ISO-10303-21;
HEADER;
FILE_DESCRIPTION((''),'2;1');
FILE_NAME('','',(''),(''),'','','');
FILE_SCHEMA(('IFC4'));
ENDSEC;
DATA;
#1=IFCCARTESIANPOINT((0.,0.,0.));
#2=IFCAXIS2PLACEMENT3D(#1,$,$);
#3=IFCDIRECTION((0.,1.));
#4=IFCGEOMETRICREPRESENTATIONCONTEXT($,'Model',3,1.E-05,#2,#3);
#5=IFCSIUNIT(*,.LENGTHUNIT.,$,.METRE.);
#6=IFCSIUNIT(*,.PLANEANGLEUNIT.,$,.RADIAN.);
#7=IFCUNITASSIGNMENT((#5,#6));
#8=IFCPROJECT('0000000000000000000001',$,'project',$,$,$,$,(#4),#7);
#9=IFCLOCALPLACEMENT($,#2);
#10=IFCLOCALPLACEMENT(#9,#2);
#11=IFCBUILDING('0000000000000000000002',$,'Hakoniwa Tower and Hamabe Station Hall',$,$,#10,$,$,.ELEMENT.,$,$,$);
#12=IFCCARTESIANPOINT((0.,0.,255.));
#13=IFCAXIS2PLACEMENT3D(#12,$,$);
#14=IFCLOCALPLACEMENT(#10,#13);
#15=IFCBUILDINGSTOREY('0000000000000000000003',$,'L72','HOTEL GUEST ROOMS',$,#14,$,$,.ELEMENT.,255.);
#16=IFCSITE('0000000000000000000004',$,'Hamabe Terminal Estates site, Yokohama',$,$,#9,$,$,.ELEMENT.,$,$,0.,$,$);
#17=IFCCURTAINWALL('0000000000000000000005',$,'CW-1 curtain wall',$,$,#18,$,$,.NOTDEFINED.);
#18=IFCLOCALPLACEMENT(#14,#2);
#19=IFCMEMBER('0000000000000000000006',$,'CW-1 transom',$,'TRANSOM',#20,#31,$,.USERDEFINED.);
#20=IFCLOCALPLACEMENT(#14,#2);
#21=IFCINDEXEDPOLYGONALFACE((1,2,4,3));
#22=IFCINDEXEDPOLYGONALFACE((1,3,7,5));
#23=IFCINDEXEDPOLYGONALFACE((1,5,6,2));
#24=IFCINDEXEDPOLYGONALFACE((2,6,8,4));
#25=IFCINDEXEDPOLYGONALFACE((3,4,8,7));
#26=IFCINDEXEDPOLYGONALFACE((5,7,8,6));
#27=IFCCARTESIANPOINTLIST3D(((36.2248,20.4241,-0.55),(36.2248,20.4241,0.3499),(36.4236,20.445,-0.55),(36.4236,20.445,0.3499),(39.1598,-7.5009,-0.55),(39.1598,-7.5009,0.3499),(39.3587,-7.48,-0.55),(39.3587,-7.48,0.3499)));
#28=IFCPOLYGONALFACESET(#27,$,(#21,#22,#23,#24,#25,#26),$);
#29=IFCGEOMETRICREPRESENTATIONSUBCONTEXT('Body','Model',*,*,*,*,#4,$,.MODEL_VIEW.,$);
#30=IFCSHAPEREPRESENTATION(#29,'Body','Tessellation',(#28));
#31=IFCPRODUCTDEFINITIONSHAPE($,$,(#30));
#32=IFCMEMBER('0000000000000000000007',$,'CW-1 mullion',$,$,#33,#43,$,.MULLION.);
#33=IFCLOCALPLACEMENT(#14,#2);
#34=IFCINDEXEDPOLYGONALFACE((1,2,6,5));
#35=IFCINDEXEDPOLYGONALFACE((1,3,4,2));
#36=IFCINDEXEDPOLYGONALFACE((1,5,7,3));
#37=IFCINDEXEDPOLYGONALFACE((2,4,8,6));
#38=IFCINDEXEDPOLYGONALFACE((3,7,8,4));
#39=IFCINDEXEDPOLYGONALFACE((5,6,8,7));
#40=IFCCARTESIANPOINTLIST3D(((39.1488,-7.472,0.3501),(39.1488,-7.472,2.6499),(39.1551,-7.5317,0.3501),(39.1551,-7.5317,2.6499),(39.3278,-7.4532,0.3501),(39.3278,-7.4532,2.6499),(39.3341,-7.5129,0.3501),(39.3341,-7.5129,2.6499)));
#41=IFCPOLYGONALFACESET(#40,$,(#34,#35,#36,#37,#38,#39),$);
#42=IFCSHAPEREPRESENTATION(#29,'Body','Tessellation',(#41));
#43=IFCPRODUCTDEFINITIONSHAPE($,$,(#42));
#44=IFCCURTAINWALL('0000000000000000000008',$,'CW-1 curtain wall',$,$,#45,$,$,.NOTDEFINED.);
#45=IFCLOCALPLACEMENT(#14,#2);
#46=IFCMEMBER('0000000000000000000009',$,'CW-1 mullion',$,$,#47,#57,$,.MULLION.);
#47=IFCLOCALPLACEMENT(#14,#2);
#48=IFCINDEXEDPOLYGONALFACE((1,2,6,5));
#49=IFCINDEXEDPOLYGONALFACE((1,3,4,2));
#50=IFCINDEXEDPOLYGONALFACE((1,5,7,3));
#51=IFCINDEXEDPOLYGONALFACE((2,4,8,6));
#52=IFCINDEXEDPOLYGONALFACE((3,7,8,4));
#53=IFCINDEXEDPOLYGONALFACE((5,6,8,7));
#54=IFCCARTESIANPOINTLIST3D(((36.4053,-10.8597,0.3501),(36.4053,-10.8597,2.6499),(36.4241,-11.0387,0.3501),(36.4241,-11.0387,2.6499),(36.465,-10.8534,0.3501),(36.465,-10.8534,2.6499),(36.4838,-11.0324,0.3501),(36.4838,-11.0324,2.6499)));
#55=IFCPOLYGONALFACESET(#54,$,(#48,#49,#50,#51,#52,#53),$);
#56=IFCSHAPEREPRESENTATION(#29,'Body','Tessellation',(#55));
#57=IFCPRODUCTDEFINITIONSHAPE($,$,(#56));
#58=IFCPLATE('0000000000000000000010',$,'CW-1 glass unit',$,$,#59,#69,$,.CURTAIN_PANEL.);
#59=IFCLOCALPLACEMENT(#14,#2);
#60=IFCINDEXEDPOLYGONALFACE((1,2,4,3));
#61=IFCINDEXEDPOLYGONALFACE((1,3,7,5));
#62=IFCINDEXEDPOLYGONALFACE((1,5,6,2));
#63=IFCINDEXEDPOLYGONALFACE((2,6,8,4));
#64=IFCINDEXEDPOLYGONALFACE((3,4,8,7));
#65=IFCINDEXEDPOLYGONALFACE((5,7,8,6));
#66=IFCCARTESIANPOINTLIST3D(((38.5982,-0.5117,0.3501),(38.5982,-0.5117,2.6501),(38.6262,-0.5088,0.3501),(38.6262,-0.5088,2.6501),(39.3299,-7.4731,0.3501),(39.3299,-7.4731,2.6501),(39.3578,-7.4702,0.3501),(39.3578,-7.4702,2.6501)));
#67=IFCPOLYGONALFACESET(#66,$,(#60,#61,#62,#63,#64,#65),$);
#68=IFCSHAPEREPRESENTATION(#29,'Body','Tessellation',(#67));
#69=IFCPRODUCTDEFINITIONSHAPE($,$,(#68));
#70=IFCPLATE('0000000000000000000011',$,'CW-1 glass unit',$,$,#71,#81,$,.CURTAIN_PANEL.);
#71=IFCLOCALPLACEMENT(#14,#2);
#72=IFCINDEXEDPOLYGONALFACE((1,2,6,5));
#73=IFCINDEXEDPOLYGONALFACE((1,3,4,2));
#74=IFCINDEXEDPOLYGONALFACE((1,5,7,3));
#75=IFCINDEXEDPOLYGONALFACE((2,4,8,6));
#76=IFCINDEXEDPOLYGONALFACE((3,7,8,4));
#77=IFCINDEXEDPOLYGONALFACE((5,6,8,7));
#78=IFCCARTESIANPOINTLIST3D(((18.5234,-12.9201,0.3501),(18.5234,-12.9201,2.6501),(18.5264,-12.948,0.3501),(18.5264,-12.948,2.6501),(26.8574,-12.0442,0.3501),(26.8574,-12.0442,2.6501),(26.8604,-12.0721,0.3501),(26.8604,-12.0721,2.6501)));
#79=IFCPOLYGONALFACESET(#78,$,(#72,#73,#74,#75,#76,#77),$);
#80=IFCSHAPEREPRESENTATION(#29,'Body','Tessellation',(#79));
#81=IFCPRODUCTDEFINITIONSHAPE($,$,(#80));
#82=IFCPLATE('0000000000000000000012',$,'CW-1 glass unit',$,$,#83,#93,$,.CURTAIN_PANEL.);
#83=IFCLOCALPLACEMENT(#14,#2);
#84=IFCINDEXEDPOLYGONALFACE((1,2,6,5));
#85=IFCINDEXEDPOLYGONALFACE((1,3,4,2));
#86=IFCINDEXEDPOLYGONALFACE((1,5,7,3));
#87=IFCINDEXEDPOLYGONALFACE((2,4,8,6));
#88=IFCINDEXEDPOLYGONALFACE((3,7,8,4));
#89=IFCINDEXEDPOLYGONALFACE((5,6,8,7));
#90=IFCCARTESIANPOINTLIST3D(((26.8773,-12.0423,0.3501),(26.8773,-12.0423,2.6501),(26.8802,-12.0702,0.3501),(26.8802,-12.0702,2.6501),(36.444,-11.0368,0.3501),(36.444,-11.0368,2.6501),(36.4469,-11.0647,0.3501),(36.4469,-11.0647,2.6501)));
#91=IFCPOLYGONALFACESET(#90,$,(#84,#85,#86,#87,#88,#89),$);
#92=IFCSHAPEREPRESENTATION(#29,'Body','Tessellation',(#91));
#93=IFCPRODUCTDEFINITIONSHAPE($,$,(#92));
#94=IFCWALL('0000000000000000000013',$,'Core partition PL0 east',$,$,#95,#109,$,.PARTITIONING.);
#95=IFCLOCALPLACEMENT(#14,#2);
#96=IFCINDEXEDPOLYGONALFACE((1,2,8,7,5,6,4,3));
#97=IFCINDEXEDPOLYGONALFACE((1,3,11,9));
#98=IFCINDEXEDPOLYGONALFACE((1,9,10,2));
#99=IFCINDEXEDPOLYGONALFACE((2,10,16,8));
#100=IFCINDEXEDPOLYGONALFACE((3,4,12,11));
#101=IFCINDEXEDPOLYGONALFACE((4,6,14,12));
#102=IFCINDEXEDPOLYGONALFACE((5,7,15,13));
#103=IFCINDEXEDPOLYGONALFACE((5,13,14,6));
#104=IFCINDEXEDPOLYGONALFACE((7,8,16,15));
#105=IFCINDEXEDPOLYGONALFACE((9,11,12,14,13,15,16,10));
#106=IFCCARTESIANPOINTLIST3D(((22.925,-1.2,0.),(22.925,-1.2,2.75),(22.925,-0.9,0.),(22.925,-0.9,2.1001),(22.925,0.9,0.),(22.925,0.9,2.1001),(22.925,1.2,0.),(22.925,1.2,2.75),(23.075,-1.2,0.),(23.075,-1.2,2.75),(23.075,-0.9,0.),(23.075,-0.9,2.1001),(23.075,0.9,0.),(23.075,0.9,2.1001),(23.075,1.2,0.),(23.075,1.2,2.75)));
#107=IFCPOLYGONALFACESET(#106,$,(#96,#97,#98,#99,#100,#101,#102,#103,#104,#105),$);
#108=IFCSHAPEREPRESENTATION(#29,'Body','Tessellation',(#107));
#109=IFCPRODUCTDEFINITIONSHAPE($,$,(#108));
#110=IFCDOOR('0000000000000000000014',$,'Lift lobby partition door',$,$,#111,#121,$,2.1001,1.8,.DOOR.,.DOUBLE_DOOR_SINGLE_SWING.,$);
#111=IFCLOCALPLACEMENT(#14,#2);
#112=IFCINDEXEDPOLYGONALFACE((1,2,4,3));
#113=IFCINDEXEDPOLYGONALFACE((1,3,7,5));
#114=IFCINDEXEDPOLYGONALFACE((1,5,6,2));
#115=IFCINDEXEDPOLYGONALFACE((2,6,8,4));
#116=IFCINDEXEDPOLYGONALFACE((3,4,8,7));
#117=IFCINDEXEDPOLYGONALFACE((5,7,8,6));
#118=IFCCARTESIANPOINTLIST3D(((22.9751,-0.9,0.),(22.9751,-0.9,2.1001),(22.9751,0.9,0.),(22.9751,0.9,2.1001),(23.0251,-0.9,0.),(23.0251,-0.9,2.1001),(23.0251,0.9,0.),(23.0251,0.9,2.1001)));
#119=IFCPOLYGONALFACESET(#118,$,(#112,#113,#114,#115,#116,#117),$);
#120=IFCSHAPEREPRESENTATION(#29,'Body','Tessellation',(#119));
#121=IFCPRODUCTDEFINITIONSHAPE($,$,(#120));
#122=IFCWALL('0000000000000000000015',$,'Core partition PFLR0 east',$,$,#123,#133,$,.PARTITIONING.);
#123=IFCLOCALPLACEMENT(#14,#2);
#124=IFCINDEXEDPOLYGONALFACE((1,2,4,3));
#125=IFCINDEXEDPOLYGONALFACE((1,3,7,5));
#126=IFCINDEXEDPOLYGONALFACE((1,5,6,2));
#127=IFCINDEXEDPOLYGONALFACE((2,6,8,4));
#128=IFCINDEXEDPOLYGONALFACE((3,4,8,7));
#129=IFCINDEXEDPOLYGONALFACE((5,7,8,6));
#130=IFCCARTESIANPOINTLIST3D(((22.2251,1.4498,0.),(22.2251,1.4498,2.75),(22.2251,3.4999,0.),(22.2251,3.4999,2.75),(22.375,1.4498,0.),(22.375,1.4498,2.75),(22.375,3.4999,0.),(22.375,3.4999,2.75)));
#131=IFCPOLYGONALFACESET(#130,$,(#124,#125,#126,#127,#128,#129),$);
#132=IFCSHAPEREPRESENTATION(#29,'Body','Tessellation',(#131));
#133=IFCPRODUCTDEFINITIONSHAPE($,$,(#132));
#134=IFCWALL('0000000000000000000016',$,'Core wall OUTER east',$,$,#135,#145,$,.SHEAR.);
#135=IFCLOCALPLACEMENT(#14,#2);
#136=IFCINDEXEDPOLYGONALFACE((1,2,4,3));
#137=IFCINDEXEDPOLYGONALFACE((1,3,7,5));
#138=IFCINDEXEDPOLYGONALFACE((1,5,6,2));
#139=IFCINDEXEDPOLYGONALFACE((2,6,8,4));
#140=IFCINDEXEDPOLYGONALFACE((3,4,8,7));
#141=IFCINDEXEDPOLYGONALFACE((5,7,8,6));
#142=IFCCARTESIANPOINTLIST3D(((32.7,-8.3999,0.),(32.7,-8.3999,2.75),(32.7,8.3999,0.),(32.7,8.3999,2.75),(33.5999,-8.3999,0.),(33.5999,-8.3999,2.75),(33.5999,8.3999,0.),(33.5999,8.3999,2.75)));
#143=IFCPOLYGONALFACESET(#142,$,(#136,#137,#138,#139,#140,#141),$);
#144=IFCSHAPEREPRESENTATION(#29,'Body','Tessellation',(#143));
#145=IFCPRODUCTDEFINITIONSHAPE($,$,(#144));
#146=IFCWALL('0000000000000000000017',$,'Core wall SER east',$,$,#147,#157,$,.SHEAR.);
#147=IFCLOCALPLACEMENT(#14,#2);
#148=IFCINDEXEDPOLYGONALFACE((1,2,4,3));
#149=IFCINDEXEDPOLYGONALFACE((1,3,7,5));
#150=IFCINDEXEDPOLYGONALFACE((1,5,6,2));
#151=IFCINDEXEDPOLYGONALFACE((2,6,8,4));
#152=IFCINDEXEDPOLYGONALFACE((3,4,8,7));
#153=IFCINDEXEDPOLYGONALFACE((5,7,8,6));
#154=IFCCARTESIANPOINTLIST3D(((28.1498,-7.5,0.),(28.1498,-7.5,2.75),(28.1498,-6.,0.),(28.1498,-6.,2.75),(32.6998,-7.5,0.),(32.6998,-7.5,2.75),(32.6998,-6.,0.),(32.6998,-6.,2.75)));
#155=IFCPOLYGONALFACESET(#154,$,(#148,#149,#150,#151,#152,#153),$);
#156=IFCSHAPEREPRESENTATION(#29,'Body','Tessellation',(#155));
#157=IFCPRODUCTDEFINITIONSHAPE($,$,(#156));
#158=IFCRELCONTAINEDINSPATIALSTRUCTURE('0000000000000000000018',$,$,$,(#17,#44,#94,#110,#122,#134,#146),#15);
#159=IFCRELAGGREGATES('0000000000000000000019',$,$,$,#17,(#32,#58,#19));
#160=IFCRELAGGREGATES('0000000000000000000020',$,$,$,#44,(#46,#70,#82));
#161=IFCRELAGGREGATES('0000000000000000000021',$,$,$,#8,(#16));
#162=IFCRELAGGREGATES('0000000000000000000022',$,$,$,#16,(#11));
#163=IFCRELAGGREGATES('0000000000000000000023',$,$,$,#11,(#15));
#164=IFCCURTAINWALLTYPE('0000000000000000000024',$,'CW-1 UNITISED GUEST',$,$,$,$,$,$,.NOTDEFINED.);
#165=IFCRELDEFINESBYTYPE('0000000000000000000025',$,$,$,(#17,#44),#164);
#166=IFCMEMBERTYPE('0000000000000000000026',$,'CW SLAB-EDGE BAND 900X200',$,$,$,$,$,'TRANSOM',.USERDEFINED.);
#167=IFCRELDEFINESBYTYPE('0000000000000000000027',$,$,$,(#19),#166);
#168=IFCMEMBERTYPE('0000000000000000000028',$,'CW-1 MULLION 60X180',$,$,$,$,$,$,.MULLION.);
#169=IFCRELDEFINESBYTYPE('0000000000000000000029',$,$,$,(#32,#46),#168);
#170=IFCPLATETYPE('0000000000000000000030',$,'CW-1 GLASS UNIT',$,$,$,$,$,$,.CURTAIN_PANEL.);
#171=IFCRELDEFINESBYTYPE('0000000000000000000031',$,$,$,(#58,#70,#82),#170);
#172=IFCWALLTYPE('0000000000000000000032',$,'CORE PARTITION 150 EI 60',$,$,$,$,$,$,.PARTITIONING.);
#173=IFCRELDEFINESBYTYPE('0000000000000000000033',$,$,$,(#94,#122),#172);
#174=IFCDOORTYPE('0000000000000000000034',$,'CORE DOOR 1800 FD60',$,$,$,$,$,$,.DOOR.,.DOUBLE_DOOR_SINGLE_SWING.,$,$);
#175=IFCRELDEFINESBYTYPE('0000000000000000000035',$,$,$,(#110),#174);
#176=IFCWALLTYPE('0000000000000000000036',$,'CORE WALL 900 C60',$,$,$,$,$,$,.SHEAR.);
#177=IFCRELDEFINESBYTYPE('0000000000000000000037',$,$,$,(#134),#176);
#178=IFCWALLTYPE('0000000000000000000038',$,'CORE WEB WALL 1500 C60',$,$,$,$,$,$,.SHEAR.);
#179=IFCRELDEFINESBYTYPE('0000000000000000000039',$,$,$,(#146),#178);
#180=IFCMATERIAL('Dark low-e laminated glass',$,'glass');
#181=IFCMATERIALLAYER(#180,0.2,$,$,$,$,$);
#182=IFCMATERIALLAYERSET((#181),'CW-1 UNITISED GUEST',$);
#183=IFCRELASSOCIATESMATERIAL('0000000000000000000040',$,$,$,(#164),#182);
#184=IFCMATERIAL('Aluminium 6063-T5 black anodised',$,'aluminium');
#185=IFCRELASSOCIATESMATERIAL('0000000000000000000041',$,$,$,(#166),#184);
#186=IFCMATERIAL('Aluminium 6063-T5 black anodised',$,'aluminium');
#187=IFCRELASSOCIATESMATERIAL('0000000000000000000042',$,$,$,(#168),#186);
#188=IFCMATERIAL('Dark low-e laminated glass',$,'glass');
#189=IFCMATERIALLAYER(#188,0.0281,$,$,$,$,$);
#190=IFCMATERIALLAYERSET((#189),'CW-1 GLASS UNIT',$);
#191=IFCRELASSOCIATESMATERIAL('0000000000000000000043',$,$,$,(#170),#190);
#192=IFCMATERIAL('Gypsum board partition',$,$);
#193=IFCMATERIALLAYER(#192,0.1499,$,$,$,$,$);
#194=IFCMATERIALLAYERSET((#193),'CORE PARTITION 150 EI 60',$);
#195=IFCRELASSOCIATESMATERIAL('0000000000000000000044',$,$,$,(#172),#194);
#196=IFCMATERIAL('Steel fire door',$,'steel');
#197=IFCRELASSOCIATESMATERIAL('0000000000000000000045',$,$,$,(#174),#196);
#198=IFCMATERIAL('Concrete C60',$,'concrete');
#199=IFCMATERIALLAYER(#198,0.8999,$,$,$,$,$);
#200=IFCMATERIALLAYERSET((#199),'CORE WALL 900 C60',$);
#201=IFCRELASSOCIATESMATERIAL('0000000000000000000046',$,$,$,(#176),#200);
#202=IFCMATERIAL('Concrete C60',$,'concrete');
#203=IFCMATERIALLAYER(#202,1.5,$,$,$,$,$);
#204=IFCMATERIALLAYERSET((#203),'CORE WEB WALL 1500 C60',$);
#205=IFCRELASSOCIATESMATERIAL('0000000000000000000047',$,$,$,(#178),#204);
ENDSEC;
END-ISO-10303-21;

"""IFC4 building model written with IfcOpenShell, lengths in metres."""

from ifc_helpers import new_model, si_unit, direction, frame, frame_2d, origin, origin_2d, place, context, subcontext, project, spatial, rectangle, extrude, material, layer, layer_set, material_profile, profile_set, type_object, element, fill, aggregate, save


model = new_model("IFC4")

# Units and contexts
model_context = context("Model", 3, precision=1e-05, world=origin(), true_north=direction((0.0, 1.0)))
body_context = subcontext(model_context, "Body", "Model", "MODEL_VIEW")
ifc_project = project(units=[si_unit("LENGTHUNIT", "METRE"), si_unit("PLANEANGLEUNIT", "RADIAN")], contexts=[model_context])

# Site, building, storey
site_placement = place(None, origin())
site = spatial("IfcSite", under=ifc_project, at=site_placement, Name="Hamabe Terminal Estates site, Yokohama", CompositionType="ELEMENT", RefElevation=0.0)
building_placement = place(site_placement, origin())
building = spatial("IfcBuilding", under=site, at=building_placement, Name="Hakoniwa Tower and Hamabe Station Hall", CompositionType="ELEMENT")
storey_placement = place(building_placement, frame((0.0, 0.0, 255.0)))
storey = spatial("IfcBuildingStorey", under=building, at=storey_placement, Name="L72", Description="HOTEL GUEST ROOMS", CompositionType="ELEMENT", Elevation=255.0)

# Curtain wall, members
ifc_material_1 = material(Name="Dark low-e laminated glass", Category="glass")
ifc_layer_1 = layer(ifc_material_1, 0.2)
ifc_layer_set_1 = layer_set([ifc_layer_1], Name="CW-1 UNITISED GUEST")
curtain_wall_type = type_object("IfcCurtainWallType", Name="CW-1 UNITISED GUEST", PredefinedType="NOTDEFINED", material=ifc_layer_set_1)
curtain_wall_1_placement = place(storey_placement, origin())
curtain_wall_1 = element("IfcCurtainWall", 1, at=curtain_wall_1_placement, inside=storey, type_object=curtain_wall_type, Name="CW-1 curtain wall", PredefinedType="NOTDEFINED")
ifc_material_2 = material(Name="Aluminium 6063-T5 black anodised", Category="aluminium")
ifc_material_profile_1 = material_profile(ifc_material_2, rectangle(XDim=0.2, YDim=0.8999, at=origin_2d()), Name="CW SLAB-EDGE BAND 900X200")
ifc_profile_set_1 = profile_set([ifc_material_profile_1], Name="Aluminium 6063-T5 black anodised")
member_type_1 = type_object("IfcMemberType", Name="CW SLAB-EDGE BAND 900X200", ElementType="TRANSOM", PredefinedType="USERDEFINED", material=ifc_profile_set_1)
member_1_placement = place(storey_placement, frame((39.2593, -7.4905, -0.1001), z_axis=(-0.104529, 0.994522, 0.0), x_axis=(-0.994522, -0.104529, 0.0)))
member_1 = element("IfcMember", 2, at=member_1_placement, type_object=member_type_1, Name="CW-1 transom", ObjectType="TRANSOM", PredefinedType="USERDEFINED", context=body_context, shape_type="SweptSolid", body=[
    extrude(rectangle(XDim=0.2, YDim=0.8999, at=origin_2d()), origin(), (0.0, 0.0, 1.0), 28.0789),
])
ifc_material_3 = material(Name="Aluminium 6063-T5 black anodised", Category="aluminium")
ifc_material_profile_2 = material_profile(ifc_material_3, rectangle(XDim=0.0601, YDim=0.1799, at=origin_2d()), Name="CW-1 MULLION 60X180")
ifc_profile_set_2 = profile_set([ifc_material_profile_2], Name="Aluminium 6063-T5 black anodised")
member_type_2 = type_object("IfcMemberType", Name="CW-1 MULLION 60X180", PredefinedType="MULLION", material=ifc_profile_set_2)
member_2_placement = place(storey_placement, frame((39.2415, -7.4924, 0.3501), z_axis=(0.0, 0.0, 1.0), x_axis=(-0.104528, 0.994522, 0.0)))
member_2 = element("IfcMember", 3, at=member_2_placement, type_object=member_type_2, Name="CW-1 mullion", PredefinedType="MULLION", context=body_context, shape_type="SweptSolid", body=[
    extrude(rectangle(XDim=0.0601, YDim=0.1799, at=origin_2d()), origin(), (0.0, 0.0, 1.0), 2.2998),
])

# Curtain wall, member
curtain_wall_2_placement = place(storey_placement, origin())
curtain_wall_2 = element("IfcCurtainWall", 4, at=curtain_wall_2_placement, inside=storey, type_object=curtain_wall_type, Name="CW-1 curtain wall", PredefinedType="NOTDEFINED")
member_3_placement = place(storey_placement, frame((36.4446, -10.946, 0.3501), z_axis=(0.0, 0.0, 1.0), x_axis=(0.994522, 0.104528, 0.0)))
member_3 = element("IfcMember", 5, at=member_3_placement, type_object=member_type_2, Name="CW-1 mullion", PredefinedType="MULLION", context=body_context, shape_type="SweptSolid", body=[
    extrude(rectangle(XDim=0.0601, YDim=0.1799, at=origin_2d()), origin(), (0.0, 0.0, 1.0), 2.2998),
])

# Plates
ifc_material_4 = material(Name="Dark low-e laminated glass", Category="glass")
ifc_layer_2 = layer(ifc_material_4, 0.0281)
ifc_layer_set_2 = layer_set([ifc_layer_2], Name="CW-1 GLASS UNIT")
plate_type = type_object("IfcPlateType", Name="CW-1 GLASS UNIT", PredefinedType="CURTAIN_PANEL", material=ifc_layer_set_2)
plate_1_placement = place(storey_placement, frame((38.978, -3.991, 0.3501), z_axis=(0.0, 0.0, 1.0), x_axis=(-0.104528, 0.994522, 0.0)))
plate_1 = element("IfcPlate", 6, at=plate_1_placement, type_object=plate_type, Name="CW-1 glass unit", PredefinedType="CURTAIN_PANEL", context=body_context, shape_type="SweptSolid", body=[
    extrude(rectangle(XDim=6.9998, YDim=0.0281, at=origin_2d()), origin(), (0.0, 0.0, 1.0), 2.3),
])
aggregate(curtain_wall_1, [member_2, plate_1, member_1])
plate_2_placement = place(storey_placement, frame((22.6919, -12.4961, 0.3501), z_axis=(0.0, 0.0, 1.0), x_axis=(0.994522, 0.104528, 0.0)))
plate_2 = element("IfcPlate", 7, at=plate_2_placement, type_object=plate_type, Name="CW-1 glass unit", PredefinedType="CURTAIN_PANEL", context=body_context, shape_type="SweptSolid", body=[
    extrude(rectangle(XDim=8.3799, YDim=0.0281, at=origin_2d()), origin(), (0.0, 0.0, 1.0), 2.3),
])
plate_3_placement = place(storey_placement, frame((31.6621, -11.5535, 0.3501), z_axis=(0.0, 0.0, 1.0), x_axis=(0.994522, 0.104528, 0.0)))
plate_3 = element("IfcPlate", 8, at=plate_3_placement, type_object=plate_type, Name="CW-1 glass unit", PredefinedType="CURTAIN_PANEL", context=body_context, shape_type="SweptSolid", body=[
    extrude(rectangle(XDim=9.6194, YDim=0.0281, at=origin_2d()), origin(), (0.0, 0.0, 1.0), 2.3),
])
aggregate(curtain_wall_2, [member_3, plate_2, plate_3])

# Wall, opening, door
ifc_material_5 = material(Name="Gypsum board partition")
ifc_layer_3 = layer(ifc_material_5, 0.1499)
ifc_layer_set_3 = layer_set([ifc_layer_3], Name="CORE PARTITION 150 EI 60")
wall_type_1 = type_object("IfcWallType", Name="CORE PARTITION 150 EI 60", PredefinedType="PARTITIONING", material=ifc_layer_set_3)
wall_1_placement = place(storey_placement, frame((23.0, -1.2, 0.0), z_axis=(0.0, 0.0, 1.0), x_axis=(0.0, 1.0, 0.0)))
wall_1 = element("IfcWall", 9, at=wall_1_placement, inside=storey, type_object=wall_type_1, Name="Core partition PL0 east", PredefinedType="PARTITIONING", context=body_context, shape_type="SweptSolid", body=[
    extrude(rectangle(XDim=2.3999, YDim=0.1499, at=frame_2d((1.2, 0.0))), origin(), (0.0, 0.0, 1.0), 2.75),
])
opening_1_placement = place(wall_1_placement, frame((0.3, 0.0, 0.0)))
opening_1 = element("IfcOpeningElement", 10, at=opening_1_placement, cuts=wall_1, PredefinedType="OPENING", context=body_context, shape_type="SweptSolid", body=[
    extrude(rectangle(XDim=1.8, YDim=2.1001, at=frame_2d((0.8999, 1.05))), frame((0.0, 0.085, 0.0), z_axis=(0.0, -1.0, 0.0), x_axis=(1.0, 0.0, 0.0)), (0.0, 0.0, 1.0), 0.1699),
])
ifc_material_6 = material(Name="Steel fire door", Category="steel")
door_type_1 = type_object("IfcDoorType", Name="CORE DOOR 1800 FD60", OperationType="DOUBLE_DOOR_SINGLE_SWING", PredefinedType="DOOR", material=ifc_material_6)
door_1_placement = place(opening_1_placement, origin())
door_1 = element("IfcDoor", 11, at=door_1_placement, inside=storey, type_object=door_type_1, Name="Lift lobby partition door", OperationType="DOUBLE_DOOR_SINGLE_SWING", OverallHeight=2.1001, OverallWidth=1.8, PredefinedType="DOOR", context=body_context, shape_type="SweptSolid", body=[
    extrude(rectangle(XDim=1.8, YDim=2.1001, at=frame_2d((0.8999, 1.05))), frame((0.0, 0.0249, 0.0), z_axis=(0.0, -1.0, 0.0), x_axis=(1.0, 0.0, 0.0)), (0.0, 0.0, 1.0), 0.05),
])
fill(opening_1, door_1)

# Walls
wall_2_placement = place(storey_placement, frame((22.3, 1.45, 0.0), z_axis=(0.0, 0.0, 1.0), x_axis=(0.0, 1.0, 0.0)))
element("IfcWall", 12, at=wall_2_placement, inside=storey, type_object=wall_type_1, Name="Core partition PFLR0 east", PredefinedType="PARTITIONING", context=body_context, shape_type="SweptSolid", body=[
    extrude(rectangle(XDim=2.05, YDim=0.1499, at=frame_2d((1.0249, 0.0))), origin(), (0.0, 0.0, 1.0), 2.75),
])
ifc_material_7 = material(Name="Concrete C60", Category="concrete")
ifc_layer_4 = layer(ifc_material_7, 0.8999)
ifc_layer_set_4 = layer_set([ifc_layer_4], Name="CORE WALL 900 C60")
wall_type_2 = type_object("IfcWallType", Name="CORE WALL 900 C60", PredefinedType="SHEAR", material=ifc_layer_set_4)
wall_3_placement = place(storey_placement, frame((33.1499, -8.3999, 0.0), z_axis=(0.0, 0.0, 1.0), x_axis=(0.0, 1.0, 0.0)))
element("IfcWall", 13, at=wall_3_placement, inside=storey, type_object=wall_type_2, Name="Core wall OUTER east", PredefinedType="SHEAR", context=body_context, shape_type="SweptSolid", body=[
    extrude(rectangle(XDim=16.7998, YDim=0.8999, at=frame_2d((8.3999, 0.0))), origin(), (0.0, 0.0, 1.0), 2.75),
])
ifc_material_8 = material(Name="Concrete C60", Category="concrete")
ifc_layer_5 = layer(ifc_material_8, 1.5)
ifc_layer_set_5 = layer_set([ifc_layer_5], Name="CORE WEB WALL 1500 C60")
wall_type_3 = type_object("IfcWallType", Name="CORE WEB WALL 1500 C60", PredefinedType="SHEAR", material=ifc_layer_set_5)
wall_4_placement = place(storey_placement, frame((28.1499, -6.75, 0.0), z_axis=(0.0, 0.0, 1.0), x_axis=(1.0, 0.0, 0.0)))
element("IfcWall", 14, at=wall_4_placement, inside=storey, type_object=wall_type_3, Name="Core wall SER east", PredefinedType="SHEAR", context=body_context, shape_type="SweptSolid", body=[
    extrude(rectangle(XDim=4.55, YDim=1.5, at=frame_2d((2.2749, 0.0))), origin(), (0.0, 0.0, 1.0), 2.75),
])

save(model, "model.ifc")
